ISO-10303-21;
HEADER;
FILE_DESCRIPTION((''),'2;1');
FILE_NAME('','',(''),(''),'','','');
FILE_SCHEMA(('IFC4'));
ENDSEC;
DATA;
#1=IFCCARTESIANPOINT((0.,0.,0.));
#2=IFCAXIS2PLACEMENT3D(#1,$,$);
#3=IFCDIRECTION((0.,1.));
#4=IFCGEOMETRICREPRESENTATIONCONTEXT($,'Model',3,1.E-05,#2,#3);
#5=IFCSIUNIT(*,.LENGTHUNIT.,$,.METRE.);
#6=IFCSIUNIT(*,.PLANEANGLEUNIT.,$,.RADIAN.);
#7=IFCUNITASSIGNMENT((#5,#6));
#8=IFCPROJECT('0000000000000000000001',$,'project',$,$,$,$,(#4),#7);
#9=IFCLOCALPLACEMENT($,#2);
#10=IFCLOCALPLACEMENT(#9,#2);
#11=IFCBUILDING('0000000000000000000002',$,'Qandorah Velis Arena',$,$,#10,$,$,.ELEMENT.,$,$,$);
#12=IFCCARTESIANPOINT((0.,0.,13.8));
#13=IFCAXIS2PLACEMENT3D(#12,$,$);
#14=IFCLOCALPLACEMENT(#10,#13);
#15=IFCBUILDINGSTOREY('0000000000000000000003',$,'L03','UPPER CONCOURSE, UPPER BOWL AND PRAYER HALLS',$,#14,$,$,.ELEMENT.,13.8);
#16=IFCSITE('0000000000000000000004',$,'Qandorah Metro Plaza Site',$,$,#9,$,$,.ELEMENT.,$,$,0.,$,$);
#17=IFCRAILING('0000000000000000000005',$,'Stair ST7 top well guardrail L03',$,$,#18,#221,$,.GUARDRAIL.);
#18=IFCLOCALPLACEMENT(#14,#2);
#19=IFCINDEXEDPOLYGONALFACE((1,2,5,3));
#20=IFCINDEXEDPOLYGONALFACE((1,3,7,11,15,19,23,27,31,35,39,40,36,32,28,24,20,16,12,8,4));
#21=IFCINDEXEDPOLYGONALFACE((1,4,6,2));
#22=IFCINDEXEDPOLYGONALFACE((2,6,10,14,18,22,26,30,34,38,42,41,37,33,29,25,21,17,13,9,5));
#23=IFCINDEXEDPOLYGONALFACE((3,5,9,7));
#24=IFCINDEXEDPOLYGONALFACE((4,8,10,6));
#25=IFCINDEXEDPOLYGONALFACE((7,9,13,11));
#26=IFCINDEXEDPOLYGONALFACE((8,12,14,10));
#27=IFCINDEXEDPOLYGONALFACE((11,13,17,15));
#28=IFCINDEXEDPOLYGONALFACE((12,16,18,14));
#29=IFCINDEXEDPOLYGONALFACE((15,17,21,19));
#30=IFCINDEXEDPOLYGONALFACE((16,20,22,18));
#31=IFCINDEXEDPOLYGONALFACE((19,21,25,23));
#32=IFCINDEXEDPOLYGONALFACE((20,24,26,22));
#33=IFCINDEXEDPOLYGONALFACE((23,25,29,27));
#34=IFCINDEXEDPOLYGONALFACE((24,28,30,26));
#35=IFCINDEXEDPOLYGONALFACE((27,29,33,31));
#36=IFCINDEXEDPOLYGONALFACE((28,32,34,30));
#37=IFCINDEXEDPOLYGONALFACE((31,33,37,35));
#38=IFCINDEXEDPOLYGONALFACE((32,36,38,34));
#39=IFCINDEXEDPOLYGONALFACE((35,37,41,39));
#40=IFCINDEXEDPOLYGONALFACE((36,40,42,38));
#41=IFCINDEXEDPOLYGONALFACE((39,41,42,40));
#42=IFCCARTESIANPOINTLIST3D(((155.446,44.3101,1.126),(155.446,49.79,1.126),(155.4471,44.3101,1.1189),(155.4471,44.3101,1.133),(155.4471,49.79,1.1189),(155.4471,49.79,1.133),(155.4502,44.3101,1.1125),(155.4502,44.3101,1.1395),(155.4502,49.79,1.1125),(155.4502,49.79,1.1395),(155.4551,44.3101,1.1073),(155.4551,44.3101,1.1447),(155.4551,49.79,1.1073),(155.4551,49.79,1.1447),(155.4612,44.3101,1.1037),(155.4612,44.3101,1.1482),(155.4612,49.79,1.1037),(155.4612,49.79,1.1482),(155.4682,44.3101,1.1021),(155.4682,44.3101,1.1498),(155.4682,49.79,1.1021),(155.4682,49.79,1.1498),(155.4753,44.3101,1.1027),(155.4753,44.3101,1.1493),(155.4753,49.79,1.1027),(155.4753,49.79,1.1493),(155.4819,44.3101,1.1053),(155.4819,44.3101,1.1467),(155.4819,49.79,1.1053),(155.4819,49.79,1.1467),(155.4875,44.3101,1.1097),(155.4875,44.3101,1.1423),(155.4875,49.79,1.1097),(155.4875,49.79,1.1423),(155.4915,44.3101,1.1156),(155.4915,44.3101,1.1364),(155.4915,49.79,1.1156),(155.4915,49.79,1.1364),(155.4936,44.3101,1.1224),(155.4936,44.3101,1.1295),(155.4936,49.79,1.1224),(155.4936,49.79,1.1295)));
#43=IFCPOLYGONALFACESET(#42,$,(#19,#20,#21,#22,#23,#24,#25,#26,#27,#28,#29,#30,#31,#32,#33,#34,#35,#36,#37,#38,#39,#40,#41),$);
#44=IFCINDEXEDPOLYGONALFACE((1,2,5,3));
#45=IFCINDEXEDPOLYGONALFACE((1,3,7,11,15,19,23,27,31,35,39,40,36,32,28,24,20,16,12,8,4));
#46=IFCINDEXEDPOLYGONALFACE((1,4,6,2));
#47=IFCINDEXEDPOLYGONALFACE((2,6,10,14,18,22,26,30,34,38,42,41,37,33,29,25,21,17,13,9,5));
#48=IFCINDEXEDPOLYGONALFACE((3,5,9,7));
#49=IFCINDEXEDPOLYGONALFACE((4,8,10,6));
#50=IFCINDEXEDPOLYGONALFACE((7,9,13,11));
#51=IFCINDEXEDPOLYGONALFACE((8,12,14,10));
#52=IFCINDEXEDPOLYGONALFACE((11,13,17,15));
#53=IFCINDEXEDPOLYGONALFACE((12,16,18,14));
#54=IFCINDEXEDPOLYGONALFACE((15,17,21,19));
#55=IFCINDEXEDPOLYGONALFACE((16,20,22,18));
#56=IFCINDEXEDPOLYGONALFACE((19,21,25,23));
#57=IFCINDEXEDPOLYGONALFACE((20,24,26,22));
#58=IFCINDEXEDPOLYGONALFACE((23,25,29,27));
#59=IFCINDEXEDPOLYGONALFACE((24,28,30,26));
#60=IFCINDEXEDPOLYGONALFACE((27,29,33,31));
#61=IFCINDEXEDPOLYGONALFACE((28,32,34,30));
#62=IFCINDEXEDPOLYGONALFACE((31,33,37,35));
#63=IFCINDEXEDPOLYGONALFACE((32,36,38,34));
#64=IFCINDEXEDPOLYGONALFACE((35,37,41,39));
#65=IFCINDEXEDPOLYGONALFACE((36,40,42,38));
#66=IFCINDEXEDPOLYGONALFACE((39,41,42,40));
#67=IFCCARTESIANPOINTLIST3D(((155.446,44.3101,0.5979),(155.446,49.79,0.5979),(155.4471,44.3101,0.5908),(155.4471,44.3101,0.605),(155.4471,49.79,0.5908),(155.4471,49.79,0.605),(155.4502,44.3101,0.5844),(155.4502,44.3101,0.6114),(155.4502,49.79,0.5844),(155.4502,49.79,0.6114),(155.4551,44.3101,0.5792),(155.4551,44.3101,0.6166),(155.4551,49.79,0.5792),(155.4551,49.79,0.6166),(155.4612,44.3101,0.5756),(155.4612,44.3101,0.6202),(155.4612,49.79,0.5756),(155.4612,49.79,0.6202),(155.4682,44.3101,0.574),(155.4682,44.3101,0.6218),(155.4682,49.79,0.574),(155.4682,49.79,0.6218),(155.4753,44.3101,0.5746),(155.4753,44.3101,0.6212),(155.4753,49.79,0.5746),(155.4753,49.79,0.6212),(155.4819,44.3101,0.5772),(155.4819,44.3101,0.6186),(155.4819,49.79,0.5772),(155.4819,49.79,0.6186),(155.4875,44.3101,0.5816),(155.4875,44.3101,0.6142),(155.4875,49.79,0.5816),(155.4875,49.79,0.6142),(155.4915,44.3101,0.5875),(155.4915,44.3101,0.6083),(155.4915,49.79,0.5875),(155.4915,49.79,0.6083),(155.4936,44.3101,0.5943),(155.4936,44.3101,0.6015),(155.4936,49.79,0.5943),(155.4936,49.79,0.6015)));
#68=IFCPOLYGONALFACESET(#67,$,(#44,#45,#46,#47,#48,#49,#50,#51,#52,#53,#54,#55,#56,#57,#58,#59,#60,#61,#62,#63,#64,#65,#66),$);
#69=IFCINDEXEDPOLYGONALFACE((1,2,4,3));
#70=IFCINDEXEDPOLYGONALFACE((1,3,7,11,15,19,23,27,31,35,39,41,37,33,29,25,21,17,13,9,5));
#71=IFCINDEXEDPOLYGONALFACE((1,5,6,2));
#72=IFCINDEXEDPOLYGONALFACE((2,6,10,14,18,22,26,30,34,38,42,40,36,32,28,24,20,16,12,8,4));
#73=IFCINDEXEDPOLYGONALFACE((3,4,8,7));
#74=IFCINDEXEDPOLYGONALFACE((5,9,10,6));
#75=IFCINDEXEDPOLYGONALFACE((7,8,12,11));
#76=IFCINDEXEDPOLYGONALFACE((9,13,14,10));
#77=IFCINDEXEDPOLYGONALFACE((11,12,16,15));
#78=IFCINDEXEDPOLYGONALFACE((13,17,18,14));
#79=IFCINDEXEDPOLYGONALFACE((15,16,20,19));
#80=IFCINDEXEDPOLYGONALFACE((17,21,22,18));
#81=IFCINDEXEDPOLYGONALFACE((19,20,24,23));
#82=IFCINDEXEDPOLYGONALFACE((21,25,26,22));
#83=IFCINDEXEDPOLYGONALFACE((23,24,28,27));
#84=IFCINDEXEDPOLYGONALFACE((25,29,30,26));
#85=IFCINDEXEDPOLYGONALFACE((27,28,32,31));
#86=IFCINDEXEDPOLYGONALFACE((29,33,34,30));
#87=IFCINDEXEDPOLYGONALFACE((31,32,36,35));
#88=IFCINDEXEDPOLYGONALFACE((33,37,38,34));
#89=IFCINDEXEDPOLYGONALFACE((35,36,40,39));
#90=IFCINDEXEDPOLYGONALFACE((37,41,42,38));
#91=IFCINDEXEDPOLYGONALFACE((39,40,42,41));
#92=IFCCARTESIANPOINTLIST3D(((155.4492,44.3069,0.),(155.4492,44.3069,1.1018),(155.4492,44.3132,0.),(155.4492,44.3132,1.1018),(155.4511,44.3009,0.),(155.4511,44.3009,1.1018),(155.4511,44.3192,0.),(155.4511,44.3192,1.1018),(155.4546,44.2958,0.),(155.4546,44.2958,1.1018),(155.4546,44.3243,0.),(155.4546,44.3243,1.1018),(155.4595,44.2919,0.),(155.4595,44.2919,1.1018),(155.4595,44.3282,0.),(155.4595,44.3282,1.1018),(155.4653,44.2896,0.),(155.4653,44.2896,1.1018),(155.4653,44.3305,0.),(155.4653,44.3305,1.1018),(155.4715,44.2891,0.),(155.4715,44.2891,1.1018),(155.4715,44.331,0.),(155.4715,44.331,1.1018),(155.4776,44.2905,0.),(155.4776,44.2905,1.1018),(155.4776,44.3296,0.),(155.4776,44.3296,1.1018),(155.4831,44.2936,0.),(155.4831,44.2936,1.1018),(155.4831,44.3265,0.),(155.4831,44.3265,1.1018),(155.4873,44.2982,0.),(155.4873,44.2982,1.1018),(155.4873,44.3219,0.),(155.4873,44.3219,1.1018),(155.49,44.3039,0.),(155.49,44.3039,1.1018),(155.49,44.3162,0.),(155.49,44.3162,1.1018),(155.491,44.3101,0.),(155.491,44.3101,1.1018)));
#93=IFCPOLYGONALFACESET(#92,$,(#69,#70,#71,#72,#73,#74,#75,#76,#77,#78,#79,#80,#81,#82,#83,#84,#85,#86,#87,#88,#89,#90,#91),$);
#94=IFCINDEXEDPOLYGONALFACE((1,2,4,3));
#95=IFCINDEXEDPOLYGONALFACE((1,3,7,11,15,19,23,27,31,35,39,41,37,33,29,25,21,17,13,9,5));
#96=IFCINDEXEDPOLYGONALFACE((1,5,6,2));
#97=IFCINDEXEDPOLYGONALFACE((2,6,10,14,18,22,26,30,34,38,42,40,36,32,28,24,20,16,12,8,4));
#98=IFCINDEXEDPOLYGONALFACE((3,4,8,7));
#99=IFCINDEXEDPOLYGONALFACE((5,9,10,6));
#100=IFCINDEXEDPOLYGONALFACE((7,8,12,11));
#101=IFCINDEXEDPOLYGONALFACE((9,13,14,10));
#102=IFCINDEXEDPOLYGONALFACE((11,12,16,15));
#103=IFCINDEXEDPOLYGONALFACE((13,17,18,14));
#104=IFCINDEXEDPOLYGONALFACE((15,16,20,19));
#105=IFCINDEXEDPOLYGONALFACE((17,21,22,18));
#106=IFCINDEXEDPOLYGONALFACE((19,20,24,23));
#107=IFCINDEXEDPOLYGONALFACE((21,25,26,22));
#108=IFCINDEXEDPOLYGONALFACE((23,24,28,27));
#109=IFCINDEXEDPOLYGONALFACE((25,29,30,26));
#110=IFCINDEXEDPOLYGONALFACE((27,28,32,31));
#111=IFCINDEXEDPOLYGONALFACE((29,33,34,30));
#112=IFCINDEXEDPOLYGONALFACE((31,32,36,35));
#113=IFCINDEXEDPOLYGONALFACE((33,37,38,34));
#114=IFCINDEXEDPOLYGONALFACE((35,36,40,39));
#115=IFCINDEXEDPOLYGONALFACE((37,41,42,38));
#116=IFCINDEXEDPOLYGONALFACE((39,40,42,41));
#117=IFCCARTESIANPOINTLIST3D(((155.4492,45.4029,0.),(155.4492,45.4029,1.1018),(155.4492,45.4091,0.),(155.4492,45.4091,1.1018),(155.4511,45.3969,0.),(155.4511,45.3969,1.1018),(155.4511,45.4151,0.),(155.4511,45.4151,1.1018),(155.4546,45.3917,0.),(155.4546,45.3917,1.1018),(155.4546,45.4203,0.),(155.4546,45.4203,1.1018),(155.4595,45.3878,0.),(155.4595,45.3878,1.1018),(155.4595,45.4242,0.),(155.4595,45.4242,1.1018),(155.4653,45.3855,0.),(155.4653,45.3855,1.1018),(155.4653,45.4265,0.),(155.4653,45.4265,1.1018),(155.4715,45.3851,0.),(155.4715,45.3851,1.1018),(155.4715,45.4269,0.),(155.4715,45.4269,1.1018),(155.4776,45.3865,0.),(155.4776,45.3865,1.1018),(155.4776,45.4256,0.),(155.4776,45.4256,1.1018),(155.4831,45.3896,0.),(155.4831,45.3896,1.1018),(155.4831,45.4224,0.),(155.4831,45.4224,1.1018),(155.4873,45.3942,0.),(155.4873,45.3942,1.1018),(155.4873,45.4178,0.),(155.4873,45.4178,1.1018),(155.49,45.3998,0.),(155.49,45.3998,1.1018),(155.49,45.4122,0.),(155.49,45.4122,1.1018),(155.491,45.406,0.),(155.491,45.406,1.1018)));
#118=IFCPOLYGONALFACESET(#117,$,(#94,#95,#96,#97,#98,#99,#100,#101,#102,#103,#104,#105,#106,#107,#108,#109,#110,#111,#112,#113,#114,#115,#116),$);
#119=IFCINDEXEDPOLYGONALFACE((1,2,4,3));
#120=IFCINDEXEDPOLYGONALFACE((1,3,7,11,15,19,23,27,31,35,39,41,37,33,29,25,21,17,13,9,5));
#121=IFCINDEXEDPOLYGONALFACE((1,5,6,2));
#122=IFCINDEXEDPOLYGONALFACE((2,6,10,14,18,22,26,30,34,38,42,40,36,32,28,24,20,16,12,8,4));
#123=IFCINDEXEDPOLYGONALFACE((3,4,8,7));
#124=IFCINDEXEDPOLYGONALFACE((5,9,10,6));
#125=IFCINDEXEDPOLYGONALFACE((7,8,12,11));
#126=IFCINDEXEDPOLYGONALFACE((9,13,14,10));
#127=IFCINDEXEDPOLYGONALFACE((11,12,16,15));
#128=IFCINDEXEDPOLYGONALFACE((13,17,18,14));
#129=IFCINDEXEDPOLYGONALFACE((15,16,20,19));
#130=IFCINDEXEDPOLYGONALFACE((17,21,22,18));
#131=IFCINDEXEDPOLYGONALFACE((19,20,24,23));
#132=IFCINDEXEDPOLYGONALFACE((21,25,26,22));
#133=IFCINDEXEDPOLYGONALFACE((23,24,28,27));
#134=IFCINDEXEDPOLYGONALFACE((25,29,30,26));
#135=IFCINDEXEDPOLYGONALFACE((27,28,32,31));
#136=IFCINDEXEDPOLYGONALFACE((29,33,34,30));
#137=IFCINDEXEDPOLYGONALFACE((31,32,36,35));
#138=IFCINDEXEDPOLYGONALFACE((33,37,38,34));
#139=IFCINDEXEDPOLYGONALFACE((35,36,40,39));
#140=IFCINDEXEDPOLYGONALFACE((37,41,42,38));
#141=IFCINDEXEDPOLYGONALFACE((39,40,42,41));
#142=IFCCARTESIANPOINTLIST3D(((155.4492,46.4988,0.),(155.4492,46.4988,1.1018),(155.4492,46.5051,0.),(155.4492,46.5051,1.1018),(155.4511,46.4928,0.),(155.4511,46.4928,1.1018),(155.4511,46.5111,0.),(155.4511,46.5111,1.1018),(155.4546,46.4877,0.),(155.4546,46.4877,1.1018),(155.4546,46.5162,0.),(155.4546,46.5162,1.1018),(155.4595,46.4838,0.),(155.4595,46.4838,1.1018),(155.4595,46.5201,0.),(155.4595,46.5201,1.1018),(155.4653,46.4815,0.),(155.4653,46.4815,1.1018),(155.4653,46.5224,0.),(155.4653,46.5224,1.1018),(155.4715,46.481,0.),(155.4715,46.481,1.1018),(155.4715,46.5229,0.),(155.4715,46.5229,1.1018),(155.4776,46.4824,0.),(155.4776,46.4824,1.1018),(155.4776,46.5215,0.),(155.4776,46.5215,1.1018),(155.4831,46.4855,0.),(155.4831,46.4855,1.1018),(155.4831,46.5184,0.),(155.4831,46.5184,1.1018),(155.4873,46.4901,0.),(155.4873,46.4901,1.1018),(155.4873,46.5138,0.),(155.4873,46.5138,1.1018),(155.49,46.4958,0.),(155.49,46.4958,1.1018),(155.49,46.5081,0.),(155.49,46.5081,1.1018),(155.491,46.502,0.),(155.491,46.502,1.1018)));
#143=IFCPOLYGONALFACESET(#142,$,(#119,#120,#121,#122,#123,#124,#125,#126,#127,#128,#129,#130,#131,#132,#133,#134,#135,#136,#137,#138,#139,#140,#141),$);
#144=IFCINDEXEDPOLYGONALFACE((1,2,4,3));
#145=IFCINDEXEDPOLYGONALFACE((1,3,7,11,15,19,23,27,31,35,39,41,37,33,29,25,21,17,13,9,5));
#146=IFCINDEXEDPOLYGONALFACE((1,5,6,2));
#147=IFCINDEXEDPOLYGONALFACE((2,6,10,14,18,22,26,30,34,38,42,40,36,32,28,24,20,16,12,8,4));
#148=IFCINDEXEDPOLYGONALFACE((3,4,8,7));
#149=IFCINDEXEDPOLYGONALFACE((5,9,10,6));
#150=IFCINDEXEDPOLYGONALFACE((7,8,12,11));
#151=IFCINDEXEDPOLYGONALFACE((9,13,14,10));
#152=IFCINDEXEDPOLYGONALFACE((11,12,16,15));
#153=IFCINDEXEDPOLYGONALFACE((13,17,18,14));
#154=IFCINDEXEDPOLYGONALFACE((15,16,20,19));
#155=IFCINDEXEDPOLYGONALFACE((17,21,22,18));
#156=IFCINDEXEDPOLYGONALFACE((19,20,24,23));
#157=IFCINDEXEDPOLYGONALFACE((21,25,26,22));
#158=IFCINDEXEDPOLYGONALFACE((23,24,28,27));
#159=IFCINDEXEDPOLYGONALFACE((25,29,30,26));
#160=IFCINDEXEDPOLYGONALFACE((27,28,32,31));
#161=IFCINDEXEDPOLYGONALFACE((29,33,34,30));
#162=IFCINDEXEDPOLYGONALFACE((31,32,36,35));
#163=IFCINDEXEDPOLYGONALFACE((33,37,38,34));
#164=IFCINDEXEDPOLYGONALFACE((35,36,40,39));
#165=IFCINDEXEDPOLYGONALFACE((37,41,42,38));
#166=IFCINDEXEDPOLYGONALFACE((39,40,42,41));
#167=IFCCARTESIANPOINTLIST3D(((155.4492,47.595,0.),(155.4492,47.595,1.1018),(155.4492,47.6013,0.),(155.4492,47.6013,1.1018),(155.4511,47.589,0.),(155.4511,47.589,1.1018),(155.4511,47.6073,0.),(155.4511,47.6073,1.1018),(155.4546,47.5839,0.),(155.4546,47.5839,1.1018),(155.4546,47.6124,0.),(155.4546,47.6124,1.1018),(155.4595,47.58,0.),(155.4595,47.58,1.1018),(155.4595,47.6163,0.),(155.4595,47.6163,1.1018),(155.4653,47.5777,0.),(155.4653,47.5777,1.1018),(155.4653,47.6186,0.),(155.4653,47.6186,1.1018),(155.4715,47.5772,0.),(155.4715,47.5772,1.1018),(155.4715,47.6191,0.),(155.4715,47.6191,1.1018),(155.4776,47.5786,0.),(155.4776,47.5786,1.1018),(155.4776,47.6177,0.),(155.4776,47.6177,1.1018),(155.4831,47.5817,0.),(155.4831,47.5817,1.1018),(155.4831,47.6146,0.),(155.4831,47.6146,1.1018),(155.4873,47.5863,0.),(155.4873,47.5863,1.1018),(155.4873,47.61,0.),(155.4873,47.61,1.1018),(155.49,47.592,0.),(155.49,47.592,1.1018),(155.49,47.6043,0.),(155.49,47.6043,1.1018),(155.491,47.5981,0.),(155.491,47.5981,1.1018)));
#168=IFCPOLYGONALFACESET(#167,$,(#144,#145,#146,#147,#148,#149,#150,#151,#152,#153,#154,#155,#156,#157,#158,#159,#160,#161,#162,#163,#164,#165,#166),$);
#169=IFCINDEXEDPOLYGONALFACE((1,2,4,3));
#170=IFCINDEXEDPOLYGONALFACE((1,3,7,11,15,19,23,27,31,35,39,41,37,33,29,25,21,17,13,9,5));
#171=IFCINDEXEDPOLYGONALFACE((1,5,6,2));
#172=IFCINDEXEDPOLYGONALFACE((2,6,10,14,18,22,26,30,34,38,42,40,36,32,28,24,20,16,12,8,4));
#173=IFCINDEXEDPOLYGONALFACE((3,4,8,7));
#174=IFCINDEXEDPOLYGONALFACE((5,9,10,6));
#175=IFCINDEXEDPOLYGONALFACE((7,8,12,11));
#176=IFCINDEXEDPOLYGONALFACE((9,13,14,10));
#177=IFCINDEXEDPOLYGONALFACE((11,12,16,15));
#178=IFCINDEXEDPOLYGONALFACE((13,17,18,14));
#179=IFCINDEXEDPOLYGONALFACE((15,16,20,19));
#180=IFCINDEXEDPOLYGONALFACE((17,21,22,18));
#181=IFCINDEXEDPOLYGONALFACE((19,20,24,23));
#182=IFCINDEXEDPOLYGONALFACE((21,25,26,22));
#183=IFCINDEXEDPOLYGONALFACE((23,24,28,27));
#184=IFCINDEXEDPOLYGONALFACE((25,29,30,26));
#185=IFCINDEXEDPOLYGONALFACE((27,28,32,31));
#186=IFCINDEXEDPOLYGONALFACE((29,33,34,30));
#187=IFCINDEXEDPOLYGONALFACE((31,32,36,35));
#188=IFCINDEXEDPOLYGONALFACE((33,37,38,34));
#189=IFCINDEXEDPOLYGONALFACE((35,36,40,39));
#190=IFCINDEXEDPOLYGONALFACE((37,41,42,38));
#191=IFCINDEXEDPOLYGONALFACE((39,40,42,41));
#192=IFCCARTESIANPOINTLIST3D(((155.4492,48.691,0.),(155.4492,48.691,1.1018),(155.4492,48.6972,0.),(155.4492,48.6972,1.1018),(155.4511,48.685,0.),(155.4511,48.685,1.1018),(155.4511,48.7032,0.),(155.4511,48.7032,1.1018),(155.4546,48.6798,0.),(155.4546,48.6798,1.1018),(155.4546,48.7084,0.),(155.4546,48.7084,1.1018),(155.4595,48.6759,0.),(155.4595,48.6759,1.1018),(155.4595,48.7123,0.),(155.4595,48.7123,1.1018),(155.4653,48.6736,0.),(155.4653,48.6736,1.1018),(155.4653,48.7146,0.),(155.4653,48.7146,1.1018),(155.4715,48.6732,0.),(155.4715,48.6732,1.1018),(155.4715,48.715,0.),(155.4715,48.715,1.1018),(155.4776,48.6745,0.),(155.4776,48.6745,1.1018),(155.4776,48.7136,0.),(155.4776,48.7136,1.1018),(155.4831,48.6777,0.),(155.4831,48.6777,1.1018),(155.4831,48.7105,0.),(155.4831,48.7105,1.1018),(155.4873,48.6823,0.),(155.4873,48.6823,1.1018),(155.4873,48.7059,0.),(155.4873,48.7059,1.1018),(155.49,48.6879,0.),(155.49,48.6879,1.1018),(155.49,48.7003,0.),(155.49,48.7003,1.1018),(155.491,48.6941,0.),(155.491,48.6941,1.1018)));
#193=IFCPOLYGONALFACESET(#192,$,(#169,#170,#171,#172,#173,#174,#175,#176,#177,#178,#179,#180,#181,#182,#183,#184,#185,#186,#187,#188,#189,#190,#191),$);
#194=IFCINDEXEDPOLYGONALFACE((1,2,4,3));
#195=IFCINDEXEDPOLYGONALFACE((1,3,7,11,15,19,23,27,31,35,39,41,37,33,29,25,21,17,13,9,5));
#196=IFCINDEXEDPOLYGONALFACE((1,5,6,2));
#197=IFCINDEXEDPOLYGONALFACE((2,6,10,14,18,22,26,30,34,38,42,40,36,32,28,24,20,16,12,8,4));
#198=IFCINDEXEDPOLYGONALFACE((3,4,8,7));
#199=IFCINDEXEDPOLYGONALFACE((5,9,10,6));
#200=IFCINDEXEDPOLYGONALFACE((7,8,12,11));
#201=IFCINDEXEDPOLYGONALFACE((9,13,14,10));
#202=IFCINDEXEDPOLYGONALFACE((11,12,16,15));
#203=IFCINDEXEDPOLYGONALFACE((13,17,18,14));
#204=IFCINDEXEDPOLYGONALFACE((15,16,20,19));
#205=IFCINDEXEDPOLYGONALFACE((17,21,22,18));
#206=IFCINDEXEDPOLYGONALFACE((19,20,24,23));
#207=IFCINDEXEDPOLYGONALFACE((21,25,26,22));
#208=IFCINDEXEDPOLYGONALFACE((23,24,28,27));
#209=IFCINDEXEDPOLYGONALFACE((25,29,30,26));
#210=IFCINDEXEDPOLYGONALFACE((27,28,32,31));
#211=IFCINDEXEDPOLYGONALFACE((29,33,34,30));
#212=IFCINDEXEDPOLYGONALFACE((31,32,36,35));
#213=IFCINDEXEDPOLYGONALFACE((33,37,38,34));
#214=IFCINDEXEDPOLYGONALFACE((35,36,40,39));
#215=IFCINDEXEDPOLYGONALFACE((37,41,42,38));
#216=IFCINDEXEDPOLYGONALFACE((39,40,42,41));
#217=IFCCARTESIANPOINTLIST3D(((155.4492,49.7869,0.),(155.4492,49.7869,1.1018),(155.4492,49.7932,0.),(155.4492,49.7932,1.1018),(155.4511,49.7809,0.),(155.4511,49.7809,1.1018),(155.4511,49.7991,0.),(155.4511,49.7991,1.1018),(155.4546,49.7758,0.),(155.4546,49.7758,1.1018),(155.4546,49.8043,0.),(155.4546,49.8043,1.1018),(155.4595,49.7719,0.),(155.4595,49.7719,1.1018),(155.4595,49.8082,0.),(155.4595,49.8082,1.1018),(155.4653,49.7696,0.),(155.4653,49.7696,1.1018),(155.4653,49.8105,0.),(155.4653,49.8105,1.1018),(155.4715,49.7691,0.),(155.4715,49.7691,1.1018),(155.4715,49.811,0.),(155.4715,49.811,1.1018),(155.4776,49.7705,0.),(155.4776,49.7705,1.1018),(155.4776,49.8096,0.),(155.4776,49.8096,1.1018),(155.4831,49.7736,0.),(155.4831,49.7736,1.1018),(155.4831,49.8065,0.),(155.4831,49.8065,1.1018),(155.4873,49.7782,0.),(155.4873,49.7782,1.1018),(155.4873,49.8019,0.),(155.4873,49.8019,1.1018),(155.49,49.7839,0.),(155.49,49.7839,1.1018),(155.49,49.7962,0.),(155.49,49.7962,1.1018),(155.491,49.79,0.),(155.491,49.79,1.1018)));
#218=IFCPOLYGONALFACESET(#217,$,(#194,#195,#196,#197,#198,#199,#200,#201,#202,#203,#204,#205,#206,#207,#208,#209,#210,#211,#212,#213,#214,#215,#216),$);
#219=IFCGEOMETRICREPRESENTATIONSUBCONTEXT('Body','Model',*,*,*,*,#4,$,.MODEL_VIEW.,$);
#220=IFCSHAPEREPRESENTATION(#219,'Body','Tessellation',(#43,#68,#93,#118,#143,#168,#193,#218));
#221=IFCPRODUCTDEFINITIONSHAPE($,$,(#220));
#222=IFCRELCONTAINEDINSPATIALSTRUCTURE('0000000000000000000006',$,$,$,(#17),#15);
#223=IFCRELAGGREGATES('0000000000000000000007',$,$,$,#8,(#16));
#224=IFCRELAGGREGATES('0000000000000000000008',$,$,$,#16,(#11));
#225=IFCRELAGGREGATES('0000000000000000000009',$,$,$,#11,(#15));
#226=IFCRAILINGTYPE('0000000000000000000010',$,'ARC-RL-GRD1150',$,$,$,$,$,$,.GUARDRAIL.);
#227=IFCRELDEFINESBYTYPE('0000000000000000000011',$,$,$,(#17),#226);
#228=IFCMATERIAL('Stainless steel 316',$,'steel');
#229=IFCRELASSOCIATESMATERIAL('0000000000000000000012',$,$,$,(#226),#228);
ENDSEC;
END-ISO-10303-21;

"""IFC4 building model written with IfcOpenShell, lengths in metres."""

from ifc_helpers import new_model, si_unit, direction, frame, origin, origin_2d, place, context, subcontext, project, spatial, circle, extrude, material, type_object, element, save


model = new_model("IFC4")

# Units and contexts
model_context = context("Model", 3, precision=1e-05, world=origin(), true_north=direction((0.0, 1.0)))
body_context = subcontext(model_context, "Body", "Model", "MODEL_VIEW")
ifc_project = project(units=[si_unit("LENGTHUNIT", "METRE"), si_unit("PLANEANGLEUNIT", "RADIAN")], contexts=[model_context])

# Site, building, storey
site_placement = place(None, origin())
site = spatial("IfcSite", under=ifc_project, at=site_placement, Name="Qandorah Metro Plaza Site", CompositionType="ELEMENT", RefElevation=0.0)
building_placement = place(site_placement, origin())
building = spatial("IfcBuilding", under=site, at=building_placement, Name="Qandorah Velis Arena", CompositionType="ELEMENT")
storey_placement = place(building_placement, frame((0.0, 0.0, 13.8)))
storey = spatial("IfcBuildingStorey", under=building, at=storey_placement, Name="L03", Description="UPPER CONCOURSE, UPPER BOWL AND PRAYER HALLS", CompositionType="ELEMENT", Elevation=13.8)

# Railing
ifc_material_1 = material(Name="Stainless steel 316", Category="steel")
railing_type = type_object("IfcRailingType", Name="ARC-RL-GRD1150", PredefinedType="GUARDRAIL", material=ifc_material_1)
railing_placement = place(storey_placement, frame((155.47, 44.3101, 0.0)))
element("IfcRailing", 1, at=railing_placement, inside=storey, type_object=railing_type, Name="Stair ST7 top well guardrail L03", PredefinedType="GUARDRAIL", context=body_context, shape_type="SweptSolid", body=[
    extrude(circle(Radius=0.0239, at=origin_2d()), frame((0.0, 0.0, 1.126), z_axis=(0.0, 1.0, 0.0), x_axis=(-1.0, 0.0, 0.0)), (0.0, 0.0, 1.0), 5.48),
    extrude(circle(Radius=0.0239, at=origin_2d()), frame((0.0, 0.0, 0.5979), z_axis=(0.0, 1.0, 0.0), x_axis=(-1.0, 0.0, 0.0)), (0.0, 0.0, 1.0), 5.48),
    extrude(circle(Radius=0.021, at=origin_2d()), origin(), (0.0, 0.0, 1.0), 1.1018),
    extrude(circle(Radius=0.021, at=origin_2d()), frame((0.0, 1.0959, 0.0)), (0.0, 0.0, 1.0), 1.1018),
    extrude(circle(Radius=0.021, at=origin_2d()), frame((0.0, 2.1919, 0.0)), (0.0, 0.0, 1.0), 1.1018),
    extrude(circle(Radius=0.021, at=origin_2d()), frame((0.0, 3.2881, 0.0)), (0.0, 0.0, 1.0), 1.1018),
    extrude(circle(Radius=0.021, at=origin_2d()), frame((0.0, 4.384, 0.0)), (0.0, 0.0, 1.0), 1.1018),
    extrude(circle(Radius=0.021, at=origin_2d()), frame((0.0, 5.48, 0.0)), (0.0, 0.0, 1.0), 1.1018),
])

save(model, "model.ifc")
